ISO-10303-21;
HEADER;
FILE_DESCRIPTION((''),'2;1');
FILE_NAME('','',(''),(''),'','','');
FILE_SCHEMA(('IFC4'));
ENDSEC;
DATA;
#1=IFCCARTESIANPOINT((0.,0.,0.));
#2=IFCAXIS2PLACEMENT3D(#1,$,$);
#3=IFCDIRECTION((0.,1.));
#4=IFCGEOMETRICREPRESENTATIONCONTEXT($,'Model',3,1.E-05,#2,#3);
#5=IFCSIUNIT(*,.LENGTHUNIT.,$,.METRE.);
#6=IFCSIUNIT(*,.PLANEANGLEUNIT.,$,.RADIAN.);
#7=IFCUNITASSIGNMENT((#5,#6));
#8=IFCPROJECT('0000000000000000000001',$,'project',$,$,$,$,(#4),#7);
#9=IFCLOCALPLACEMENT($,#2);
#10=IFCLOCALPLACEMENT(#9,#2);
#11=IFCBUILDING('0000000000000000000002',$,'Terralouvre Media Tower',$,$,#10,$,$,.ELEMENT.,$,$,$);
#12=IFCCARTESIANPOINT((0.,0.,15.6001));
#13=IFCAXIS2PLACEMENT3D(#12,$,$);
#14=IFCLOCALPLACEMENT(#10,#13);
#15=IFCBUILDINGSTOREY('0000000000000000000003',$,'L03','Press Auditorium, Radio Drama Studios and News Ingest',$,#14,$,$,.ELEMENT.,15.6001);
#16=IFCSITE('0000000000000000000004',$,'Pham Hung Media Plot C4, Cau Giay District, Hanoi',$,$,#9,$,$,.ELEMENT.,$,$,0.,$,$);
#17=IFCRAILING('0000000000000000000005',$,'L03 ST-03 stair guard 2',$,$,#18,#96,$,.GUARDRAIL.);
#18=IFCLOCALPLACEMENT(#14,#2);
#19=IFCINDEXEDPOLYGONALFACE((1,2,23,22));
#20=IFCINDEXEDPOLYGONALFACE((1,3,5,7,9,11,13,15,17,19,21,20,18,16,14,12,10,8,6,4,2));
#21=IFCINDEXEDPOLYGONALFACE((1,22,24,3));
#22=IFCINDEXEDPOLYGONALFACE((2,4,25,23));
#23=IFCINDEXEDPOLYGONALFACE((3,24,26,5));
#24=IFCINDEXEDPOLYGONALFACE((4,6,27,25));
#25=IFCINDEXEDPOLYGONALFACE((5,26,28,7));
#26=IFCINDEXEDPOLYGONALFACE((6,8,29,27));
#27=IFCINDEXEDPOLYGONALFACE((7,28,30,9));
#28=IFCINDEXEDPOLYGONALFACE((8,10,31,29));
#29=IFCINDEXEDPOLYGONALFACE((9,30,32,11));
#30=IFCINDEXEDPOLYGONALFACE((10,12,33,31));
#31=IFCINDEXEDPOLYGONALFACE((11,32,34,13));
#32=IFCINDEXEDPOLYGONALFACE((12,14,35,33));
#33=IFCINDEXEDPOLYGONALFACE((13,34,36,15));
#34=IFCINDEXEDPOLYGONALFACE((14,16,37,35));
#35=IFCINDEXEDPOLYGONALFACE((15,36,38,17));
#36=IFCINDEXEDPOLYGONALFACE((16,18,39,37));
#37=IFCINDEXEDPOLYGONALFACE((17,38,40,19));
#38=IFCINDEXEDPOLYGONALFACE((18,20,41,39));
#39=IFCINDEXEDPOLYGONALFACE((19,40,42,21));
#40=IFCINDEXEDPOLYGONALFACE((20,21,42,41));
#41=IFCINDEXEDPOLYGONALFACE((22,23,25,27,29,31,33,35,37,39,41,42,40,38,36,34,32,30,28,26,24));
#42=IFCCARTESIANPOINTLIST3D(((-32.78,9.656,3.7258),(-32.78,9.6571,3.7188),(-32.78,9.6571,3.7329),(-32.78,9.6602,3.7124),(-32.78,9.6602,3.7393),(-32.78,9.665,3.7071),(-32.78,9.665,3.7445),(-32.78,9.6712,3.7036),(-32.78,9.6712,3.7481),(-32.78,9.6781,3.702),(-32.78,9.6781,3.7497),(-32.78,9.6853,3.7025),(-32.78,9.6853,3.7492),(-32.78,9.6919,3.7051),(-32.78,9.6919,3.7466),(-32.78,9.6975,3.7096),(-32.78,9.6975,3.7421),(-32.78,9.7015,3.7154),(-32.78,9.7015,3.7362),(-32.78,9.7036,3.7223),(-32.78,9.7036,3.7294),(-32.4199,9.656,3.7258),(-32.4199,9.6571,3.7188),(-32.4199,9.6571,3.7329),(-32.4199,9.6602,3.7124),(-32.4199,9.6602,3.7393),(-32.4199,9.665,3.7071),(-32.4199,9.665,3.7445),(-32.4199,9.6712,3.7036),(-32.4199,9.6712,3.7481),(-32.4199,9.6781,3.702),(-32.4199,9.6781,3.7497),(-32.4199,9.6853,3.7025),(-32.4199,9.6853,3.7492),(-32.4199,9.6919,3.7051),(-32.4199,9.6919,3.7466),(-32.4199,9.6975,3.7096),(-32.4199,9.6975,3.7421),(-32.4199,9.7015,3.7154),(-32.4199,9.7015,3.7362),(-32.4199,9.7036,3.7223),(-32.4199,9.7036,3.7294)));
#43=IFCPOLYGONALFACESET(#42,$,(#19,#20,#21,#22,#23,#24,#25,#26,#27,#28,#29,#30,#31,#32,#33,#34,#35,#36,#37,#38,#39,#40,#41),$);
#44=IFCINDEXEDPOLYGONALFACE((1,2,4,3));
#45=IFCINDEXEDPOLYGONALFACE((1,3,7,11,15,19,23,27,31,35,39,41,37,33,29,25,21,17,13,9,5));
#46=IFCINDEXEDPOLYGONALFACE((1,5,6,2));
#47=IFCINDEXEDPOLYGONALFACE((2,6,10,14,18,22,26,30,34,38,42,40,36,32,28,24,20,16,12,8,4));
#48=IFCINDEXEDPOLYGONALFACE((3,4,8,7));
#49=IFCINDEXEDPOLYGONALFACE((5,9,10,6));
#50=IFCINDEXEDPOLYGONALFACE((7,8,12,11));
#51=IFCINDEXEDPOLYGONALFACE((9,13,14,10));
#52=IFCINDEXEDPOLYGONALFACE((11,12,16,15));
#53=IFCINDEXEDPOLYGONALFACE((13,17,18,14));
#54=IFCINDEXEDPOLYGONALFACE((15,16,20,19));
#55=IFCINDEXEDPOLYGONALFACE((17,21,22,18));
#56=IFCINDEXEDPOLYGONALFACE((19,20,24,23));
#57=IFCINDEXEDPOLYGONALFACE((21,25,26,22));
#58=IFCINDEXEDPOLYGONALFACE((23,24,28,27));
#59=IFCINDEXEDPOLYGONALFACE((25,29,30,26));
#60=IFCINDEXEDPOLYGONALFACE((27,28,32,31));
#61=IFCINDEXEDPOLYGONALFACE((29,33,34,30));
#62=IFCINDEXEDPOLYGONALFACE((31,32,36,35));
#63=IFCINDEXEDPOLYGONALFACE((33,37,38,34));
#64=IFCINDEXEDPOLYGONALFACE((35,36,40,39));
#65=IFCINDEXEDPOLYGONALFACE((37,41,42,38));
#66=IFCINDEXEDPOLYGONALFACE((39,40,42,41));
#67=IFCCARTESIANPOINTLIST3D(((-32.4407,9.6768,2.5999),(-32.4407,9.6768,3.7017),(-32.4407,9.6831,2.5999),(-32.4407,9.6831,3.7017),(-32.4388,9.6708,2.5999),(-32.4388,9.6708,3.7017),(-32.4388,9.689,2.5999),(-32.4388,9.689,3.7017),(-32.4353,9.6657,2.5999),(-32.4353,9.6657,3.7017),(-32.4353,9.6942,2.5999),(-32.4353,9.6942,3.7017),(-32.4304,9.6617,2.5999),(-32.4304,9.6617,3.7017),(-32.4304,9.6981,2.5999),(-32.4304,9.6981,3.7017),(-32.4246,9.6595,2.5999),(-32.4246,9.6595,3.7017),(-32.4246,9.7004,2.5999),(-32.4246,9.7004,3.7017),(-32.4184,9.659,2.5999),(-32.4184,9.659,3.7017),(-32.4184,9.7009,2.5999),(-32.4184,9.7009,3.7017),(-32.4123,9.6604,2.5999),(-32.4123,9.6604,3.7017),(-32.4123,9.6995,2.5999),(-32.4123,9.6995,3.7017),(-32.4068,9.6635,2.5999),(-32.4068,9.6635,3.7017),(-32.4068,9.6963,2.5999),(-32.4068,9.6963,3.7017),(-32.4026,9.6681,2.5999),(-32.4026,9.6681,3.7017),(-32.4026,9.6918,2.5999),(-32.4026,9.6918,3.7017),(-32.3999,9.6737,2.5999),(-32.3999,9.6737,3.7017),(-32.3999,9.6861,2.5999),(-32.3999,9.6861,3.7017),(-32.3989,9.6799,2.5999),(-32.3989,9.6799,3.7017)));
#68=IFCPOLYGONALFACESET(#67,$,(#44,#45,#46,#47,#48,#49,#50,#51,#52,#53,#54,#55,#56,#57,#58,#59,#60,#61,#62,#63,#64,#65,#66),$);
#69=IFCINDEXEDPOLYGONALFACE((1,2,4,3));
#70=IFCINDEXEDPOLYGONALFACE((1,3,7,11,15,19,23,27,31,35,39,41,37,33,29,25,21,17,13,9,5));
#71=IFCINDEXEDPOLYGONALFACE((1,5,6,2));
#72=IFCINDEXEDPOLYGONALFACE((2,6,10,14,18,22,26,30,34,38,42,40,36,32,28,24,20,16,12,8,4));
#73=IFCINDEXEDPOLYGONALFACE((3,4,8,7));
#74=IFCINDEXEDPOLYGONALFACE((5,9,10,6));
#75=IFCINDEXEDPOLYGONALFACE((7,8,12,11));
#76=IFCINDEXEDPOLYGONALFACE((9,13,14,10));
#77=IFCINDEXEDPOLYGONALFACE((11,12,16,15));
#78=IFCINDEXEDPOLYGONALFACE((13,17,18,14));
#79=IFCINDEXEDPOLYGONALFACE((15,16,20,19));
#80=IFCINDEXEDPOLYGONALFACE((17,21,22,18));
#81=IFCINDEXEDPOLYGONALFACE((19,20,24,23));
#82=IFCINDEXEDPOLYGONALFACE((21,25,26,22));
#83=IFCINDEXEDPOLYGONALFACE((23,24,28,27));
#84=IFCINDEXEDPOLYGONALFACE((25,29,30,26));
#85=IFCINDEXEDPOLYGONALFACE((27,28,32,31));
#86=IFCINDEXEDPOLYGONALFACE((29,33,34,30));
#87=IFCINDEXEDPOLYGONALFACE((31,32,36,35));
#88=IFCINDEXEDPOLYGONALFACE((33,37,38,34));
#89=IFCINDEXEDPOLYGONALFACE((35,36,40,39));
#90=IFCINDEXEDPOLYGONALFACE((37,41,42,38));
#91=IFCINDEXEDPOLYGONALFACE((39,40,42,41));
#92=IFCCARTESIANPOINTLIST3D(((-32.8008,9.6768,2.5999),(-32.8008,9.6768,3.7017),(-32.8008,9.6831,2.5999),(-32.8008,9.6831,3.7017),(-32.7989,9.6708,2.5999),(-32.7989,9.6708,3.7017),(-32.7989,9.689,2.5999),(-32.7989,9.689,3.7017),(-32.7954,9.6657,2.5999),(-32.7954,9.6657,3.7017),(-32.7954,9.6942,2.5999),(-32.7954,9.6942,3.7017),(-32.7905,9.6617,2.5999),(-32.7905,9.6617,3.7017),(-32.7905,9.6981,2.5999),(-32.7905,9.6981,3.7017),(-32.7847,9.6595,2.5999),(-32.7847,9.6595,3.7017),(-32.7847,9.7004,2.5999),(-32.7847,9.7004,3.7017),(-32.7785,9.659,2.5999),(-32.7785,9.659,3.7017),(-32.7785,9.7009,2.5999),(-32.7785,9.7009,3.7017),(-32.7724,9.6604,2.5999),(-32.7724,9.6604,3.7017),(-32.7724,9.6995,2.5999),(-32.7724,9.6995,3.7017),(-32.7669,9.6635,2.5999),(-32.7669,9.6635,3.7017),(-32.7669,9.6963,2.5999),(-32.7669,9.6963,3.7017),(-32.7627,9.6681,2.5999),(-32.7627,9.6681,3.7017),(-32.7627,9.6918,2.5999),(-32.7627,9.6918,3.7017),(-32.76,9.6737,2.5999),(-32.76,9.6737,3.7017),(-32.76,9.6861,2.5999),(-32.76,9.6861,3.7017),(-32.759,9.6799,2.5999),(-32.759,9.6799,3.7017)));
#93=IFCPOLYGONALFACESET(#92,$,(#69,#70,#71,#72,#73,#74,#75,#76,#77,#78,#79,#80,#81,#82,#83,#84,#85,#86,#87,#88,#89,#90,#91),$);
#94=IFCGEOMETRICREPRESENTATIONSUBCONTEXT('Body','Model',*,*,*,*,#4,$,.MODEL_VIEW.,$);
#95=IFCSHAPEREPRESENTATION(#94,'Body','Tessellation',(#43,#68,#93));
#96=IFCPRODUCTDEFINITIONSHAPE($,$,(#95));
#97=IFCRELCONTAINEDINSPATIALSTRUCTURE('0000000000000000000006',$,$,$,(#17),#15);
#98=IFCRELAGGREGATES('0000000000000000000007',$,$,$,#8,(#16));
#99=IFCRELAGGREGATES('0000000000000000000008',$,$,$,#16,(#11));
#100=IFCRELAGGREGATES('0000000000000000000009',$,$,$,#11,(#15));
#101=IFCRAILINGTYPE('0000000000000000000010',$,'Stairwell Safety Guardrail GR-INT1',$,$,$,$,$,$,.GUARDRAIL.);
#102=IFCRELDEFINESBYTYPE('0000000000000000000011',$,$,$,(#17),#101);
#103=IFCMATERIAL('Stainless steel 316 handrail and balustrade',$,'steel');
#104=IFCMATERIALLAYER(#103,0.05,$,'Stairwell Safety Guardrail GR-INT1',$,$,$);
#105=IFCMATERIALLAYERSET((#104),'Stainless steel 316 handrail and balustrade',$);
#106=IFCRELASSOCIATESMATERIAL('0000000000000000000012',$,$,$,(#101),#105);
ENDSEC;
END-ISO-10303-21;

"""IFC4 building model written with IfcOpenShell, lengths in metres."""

from ifc_helpers import new_model, si_unit, direction, frame, origin, origin_2d, place, context, subcontext, project, spatial, circle, extrude, material, layer, layer_set, type_object, element, save


model = new_model("IFC4")

# Units and contexts
model_context = context("Model", 3, precision=1e-05, world=origin(), true_north=direction((0.0, 1.0)))
body_context = subcontext(model_context, "Body", "Model", "MODEL_VIEW")
ifc_project = project(units=[si_unit("LENGTHUNIT", "METRE"), si_unit("PLANEANGLEUNIT", "RADIAN")], contexts=[model_context])

# Site, building, storey
site_placement = place(None, origin())
site = spatial("IfcSite", under=ifc_project, at=site_placement, Name="Pham Hung Media Plot C4, Cau Giay District, Hanoi", CompositionType="ELEMENT", RefElevation=0.0)
building_placement = place(site_placement, origin())
building = spatial("IfcBuilding", under=site, at=building_placement, Name="Terralouvre Media Tower", CompositionType="ELEMENT")
storey_placement = place(building_placement, frame((0.0, 0.0, 15.6001)))
storey = spatial("IfcBuildingStorey", under=building, at=storey_placement, Name="L03", Description="Press Auditorium, Radio Drama Studios and News Ingest", CompositionType="ELEMENT", Elevation=15.6001)

# Railing
ifc_material_1 = material(Name="Stainless steel 316 handrail and balustrade", Category="steel")
ifc_layer_1 = layer(ifc_material_1, 0.05, Name="Stairwell Safety Guardrail GR-INT1")
ifc_layer_set_1 = layer_set([ifc_layer_1], Name="Stainless steel 316 handrail and balustrade")
railing_type_1 = type_object("IfcRailingType", Name="Stairwell Safety Guardrail GR-INT1", PredefinedType="GUARDRAIL", material=ifc_layer_set_1)
railing_1_placement = place(storey_placement, frame((-32.4199, 9.6799, 2.5999)))
element("IfcRailing", 1, at=railing_1_placement, inside=storey, type_object=railing_type_1, Name="L03 ST-03 stair guard 2", PredefinedType="GUARDRAIL", context=body_context, shape_type="SweptSolid", body=[
    extrude(circle(Radius=0.0239, at=origin_2d()), frame((0.0, 0.0, 1.126), z_axis=(-1.0, 0.0, 0.0), x_axis=(0.0, -1.0, 0.0)), (0.0, 0.0, 1.0), 0.3601),
    extrude(circle(Radius=0.021, at=origin_2d()), origin(), (0.0, 0.0, 1.0), 1.1018),
    extrude(circle(Radius=0.021, at=origin_2d()), frame((-0.3601, 0.0, 0.0)), (0.0, 0.0, 1.0), 1.1018),
])

save(model, "model.ifc")
